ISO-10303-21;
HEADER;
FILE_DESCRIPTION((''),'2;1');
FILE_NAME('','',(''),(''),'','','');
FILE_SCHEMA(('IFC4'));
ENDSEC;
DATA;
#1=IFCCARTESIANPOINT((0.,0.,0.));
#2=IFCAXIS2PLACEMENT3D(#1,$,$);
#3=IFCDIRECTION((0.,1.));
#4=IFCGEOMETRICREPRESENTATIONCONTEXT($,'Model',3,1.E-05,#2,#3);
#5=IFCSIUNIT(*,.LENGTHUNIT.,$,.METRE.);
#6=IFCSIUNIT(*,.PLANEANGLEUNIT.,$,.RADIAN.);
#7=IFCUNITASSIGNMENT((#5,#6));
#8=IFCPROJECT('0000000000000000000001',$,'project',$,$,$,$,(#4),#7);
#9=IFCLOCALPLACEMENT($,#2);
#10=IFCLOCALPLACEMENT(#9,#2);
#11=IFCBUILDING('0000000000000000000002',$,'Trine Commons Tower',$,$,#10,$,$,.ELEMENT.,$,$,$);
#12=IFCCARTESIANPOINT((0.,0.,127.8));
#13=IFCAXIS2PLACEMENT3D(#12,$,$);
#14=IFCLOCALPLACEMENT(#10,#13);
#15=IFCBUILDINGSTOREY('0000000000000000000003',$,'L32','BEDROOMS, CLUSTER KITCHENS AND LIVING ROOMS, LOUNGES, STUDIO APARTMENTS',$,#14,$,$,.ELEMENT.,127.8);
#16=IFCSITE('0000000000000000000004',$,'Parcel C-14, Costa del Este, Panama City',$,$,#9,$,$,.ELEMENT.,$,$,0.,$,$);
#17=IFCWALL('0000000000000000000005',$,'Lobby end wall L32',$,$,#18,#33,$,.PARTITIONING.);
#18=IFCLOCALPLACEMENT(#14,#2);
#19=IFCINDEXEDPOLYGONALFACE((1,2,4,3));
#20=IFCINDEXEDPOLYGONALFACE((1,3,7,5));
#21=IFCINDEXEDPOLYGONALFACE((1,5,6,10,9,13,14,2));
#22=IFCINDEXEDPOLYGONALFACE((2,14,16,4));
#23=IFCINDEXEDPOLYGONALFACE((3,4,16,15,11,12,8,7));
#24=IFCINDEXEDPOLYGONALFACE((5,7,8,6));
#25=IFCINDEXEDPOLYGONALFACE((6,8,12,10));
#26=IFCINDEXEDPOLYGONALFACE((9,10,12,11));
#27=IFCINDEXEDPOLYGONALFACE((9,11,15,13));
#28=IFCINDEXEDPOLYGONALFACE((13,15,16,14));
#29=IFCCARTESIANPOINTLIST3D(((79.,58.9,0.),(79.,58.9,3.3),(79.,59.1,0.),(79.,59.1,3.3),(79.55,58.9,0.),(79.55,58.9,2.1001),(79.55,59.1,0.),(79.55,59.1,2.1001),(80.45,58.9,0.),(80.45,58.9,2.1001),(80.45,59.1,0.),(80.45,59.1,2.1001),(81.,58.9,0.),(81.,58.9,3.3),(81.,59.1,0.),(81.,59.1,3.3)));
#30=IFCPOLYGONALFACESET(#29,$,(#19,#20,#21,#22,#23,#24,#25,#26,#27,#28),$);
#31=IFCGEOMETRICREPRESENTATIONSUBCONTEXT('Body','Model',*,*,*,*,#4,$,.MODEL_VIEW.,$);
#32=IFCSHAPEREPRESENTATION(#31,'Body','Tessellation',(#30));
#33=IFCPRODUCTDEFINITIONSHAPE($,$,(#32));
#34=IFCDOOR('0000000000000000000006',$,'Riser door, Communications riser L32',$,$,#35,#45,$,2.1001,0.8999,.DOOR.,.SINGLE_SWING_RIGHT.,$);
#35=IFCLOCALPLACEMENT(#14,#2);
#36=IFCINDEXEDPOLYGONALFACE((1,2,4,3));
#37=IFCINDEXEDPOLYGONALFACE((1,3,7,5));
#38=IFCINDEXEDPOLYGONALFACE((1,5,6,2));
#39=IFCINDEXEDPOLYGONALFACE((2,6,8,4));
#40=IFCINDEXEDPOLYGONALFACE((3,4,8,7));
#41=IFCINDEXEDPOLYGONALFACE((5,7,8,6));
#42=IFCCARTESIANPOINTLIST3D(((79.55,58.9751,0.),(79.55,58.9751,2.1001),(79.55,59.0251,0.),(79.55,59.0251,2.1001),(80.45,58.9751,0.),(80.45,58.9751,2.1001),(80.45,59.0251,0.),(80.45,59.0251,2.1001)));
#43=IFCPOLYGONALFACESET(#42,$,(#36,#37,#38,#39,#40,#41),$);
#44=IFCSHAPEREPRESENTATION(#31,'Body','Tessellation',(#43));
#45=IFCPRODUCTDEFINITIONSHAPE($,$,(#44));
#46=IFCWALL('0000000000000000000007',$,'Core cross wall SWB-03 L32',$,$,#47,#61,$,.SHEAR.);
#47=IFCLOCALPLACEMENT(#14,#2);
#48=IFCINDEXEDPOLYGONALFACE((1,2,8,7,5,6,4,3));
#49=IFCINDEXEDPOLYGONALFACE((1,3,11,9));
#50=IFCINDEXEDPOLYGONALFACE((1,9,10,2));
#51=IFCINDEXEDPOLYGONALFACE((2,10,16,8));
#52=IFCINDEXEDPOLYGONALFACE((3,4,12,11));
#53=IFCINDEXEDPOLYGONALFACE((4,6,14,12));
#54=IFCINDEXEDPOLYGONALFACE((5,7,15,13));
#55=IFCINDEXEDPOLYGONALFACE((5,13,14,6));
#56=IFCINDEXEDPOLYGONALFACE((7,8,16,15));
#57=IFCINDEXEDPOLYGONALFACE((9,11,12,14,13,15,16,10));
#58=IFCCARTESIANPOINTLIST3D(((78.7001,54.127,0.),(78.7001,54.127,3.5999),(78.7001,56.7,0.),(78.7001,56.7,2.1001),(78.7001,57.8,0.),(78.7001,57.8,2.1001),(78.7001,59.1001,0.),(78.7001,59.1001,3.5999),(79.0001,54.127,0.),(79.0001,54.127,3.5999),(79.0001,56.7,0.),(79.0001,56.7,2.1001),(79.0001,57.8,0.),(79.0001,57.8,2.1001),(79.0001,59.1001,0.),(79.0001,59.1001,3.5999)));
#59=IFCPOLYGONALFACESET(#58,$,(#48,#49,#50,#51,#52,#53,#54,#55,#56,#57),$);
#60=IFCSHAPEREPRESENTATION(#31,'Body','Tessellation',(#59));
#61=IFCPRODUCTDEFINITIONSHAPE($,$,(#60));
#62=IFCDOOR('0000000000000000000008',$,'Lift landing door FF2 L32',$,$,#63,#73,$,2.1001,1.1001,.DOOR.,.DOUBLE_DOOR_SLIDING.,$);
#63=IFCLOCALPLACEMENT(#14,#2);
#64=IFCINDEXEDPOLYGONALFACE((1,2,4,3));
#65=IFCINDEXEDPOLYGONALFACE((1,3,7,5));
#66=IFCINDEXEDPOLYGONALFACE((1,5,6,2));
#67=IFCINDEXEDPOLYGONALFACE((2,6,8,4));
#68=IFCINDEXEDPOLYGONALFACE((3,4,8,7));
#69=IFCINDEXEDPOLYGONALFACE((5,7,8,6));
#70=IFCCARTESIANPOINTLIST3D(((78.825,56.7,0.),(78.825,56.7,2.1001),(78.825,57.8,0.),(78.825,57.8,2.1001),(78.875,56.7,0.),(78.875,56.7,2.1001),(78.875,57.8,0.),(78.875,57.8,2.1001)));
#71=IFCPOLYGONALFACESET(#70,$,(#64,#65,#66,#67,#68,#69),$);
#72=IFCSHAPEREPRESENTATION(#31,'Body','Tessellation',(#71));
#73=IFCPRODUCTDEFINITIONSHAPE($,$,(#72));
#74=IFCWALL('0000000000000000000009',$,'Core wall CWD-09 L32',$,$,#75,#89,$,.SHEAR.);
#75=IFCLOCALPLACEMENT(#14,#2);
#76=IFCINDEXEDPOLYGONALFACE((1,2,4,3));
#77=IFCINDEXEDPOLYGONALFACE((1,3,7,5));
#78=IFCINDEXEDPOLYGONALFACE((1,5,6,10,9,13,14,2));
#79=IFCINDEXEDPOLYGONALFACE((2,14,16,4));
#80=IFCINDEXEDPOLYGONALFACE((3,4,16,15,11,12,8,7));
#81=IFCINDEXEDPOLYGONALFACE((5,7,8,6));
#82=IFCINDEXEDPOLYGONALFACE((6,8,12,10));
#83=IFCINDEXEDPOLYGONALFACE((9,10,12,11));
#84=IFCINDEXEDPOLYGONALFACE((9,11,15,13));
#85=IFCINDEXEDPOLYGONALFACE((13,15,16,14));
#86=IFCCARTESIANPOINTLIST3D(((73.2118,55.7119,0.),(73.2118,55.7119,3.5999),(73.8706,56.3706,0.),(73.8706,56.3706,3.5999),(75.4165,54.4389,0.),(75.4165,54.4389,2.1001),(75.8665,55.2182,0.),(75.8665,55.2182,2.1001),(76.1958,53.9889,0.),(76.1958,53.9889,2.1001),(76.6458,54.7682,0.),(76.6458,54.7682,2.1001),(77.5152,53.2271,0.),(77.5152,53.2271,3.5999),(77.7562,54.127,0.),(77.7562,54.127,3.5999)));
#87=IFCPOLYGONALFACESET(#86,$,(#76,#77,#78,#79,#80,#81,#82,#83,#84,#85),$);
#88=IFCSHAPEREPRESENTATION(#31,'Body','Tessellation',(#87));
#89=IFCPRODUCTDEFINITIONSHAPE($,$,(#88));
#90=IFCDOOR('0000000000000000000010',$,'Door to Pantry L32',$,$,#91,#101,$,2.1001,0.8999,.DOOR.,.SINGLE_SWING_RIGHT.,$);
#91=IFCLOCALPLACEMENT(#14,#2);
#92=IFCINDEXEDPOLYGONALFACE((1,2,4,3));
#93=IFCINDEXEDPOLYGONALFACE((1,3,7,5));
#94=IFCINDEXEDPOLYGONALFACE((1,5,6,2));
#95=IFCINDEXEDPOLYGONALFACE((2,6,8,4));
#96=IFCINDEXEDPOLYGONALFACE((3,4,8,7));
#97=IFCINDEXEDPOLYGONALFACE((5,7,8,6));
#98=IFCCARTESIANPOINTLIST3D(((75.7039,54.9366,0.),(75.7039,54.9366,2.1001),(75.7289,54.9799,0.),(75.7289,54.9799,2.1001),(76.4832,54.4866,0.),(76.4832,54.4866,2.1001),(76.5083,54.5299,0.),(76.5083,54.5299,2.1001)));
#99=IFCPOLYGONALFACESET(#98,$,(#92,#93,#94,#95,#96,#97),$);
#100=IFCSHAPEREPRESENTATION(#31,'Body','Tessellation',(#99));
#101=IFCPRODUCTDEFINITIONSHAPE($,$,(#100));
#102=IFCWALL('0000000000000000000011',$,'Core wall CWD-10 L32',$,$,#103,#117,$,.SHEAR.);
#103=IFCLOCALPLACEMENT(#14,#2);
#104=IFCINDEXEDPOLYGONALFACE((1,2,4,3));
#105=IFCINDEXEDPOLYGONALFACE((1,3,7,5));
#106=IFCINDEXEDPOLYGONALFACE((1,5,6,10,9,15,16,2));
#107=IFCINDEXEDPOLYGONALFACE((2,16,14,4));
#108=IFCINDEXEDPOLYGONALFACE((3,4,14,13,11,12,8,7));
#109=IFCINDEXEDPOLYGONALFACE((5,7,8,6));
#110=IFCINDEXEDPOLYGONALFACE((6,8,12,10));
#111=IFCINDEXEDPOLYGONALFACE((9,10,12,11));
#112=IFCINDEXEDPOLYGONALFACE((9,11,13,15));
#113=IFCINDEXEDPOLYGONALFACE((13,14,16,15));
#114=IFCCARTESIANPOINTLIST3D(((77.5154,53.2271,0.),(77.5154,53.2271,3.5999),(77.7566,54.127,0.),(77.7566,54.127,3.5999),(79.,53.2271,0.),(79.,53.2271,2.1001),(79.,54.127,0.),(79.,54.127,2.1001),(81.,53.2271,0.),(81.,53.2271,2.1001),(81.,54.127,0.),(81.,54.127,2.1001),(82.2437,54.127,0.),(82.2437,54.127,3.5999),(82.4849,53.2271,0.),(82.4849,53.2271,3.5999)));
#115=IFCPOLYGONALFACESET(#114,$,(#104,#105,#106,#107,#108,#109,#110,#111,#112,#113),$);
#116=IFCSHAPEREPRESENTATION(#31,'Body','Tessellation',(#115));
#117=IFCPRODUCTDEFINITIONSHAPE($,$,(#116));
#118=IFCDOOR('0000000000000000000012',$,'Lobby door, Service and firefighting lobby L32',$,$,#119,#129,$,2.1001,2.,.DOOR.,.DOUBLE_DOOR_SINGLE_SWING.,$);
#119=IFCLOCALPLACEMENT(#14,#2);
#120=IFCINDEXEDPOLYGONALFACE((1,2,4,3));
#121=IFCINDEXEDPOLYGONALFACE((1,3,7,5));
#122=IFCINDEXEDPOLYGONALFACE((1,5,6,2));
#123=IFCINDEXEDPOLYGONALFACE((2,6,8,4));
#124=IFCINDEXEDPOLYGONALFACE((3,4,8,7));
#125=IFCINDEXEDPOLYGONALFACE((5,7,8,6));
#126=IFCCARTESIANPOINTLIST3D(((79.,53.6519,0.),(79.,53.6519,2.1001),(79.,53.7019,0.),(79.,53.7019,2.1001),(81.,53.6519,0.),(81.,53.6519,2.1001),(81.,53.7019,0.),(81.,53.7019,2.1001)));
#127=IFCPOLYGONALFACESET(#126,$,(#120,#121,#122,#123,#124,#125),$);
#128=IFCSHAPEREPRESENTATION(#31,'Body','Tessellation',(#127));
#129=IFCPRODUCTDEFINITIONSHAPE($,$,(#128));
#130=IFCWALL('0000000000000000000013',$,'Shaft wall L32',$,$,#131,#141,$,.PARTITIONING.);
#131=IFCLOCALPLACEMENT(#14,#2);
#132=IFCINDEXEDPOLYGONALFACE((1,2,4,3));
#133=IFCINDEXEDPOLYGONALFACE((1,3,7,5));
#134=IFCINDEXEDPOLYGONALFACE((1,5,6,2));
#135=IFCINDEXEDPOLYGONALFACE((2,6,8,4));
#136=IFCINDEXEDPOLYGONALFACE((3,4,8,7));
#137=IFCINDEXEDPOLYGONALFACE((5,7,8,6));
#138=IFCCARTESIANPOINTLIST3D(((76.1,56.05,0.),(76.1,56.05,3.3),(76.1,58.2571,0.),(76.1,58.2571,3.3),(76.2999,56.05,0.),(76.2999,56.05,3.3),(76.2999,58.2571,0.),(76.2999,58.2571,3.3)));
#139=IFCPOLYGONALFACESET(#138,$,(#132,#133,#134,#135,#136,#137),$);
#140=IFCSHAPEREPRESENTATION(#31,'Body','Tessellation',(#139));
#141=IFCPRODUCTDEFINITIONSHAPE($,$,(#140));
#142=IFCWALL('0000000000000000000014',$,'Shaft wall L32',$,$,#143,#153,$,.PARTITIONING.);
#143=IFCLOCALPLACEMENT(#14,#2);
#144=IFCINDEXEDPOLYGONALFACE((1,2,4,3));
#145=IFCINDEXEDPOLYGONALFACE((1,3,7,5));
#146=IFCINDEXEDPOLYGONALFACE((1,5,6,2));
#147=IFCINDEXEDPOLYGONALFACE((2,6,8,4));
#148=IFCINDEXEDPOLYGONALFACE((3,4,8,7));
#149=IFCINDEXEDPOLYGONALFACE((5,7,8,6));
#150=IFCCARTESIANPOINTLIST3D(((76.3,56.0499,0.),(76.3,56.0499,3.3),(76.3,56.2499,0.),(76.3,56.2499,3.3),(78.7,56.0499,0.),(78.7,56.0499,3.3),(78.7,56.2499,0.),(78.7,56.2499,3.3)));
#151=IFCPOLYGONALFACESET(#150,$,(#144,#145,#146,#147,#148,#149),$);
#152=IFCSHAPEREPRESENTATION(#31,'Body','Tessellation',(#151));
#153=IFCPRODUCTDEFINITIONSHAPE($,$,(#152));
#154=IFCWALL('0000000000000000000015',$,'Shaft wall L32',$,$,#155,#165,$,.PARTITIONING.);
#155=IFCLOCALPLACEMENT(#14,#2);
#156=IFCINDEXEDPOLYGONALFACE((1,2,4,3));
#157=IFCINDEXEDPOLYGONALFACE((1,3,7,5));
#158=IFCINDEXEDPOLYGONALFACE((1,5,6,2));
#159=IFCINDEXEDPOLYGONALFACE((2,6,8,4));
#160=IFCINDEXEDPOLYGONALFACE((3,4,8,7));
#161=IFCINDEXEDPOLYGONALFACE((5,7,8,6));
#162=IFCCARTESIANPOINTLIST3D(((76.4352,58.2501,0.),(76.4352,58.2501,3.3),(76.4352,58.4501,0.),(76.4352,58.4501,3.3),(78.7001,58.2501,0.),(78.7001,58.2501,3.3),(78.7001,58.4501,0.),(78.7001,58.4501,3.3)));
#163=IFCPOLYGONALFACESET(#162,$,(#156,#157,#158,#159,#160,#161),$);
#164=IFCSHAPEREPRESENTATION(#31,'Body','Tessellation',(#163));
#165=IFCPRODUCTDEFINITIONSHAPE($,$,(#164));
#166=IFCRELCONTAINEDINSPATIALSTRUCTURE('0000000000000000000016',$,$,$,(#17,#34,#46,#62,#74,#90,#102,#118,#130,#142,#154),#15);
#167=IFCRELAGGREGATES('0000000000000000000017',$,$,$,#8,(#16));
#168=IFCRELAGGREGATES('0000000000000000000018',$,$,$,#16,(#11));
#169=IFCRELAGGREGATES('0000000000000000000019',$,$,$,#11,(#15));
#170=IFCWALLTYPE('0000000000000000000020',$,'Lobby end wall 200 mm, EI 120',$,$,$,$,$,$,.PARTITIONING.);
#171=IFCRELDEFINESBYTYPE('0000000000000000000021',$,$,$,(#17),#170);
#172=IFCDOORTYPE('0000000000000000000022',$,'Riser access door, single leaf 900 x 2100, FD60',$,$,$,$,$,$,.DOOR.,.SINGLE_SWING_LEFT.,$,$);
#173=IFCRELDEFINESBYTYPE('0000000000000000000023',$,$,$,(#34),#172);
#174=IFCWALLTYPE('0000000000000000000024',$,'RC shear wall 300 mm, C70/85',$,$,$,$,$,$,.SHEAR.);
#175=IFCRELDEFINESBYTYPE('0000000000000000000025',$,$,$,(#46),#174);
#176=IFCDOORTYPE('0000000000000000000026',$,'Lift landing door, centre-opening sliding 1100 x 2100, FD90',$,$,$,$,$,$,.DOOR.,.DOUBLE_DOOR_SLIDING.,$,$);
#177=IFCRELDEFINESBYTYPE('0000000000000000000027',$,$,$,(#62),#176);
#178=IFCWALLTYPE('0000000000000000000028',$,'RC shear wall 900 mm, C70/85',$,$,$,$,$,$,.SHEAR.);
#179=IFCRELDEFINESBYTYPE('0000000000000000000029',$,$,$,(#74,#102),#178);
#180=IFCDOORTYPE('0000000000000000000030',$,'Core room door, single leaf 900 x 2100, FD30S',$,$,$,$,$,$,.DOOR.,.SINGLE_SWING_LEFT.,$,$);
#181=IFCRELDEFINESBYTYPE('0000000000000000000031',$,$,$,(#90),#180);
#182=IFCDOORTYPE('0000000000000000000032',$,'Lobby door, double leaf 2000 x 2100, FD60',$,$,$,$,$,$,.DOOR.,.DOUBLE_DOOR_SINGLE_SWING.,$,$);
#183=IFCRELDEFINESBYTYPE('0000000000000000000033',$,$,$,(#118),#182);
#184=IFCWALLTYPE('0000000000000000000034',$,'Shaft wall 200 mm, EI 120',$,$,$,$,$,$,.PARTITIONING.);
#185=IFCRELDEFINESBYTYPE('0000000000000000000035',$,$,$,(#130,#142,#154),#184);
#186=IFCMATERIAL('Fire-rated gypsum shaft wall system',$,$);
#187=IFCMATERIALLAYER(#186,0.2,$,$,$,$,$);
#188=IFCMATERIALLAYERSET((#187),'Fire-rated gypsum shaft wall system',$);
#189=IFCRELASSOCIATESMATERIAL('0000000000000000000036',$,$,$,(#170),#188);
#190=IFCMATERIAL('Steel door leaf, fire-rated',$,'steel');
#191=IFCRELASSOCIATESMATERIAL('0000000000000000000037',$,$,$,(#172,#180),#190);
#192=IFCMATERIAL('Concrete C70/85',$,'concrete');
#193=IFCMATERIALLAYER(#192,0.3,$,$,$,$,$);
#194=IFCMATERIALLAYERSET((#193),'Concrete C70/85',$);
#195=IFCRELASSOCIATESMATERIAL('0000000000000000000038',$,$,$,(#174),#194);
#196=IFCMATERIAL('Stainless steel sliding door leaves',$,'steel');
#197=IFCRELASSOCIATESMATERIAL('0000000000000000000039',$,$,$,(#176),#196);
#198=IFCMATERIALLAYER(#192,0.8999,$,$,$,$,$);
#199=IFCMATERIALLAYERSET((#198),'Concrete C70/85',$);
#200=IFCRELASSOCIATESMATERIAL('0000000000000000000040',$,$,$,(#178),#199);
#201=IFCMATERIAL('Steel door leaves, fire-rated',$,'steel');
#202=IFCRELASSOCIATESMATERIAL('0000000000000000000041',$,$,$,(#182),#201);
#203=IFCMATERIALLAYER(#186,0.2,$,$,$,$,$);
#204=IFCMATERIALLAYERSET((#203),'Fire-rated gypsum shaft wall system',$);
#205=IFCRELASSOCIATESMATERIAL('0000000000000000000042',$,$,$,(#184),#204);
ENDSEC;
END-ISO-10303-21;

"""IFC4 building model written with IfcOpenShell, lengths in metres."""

from ifc_helpers import new_model, si_unit, direction, frame, frame_2d, origin, place, context, subcontext, project, spatial, polyline, rectangle, outline, extrude, material, layer, layer_set, type_object, element, fill, save


model = new_model("IFC4")

# Units and contexts
model_context = context("Model", 3, precision=1e-05, world=origin(), true_north=direction((0.0, 1.0)))
body_context = subcontext(model_context, "Body", "Model", "MODEL_VIEW")
ifc_project = project(units=[si_unit("LENGTHUNIT", "METRE"), si_unit("PLANEANGLEUNIT", "RADIAN")], contexts=[model_context])

# Site, building, storey
site_placement = place(None, origin())
site = spatial("IfcSite", under=ifc_project, at=site_placement, Name="Parcel C-14, Costa del Este, Panama City", CompositionType="ELEMENT", RefElevation=0.0)
building_placement = place(site_placement, origin())
building = spatial("IfcBuilding", under=site, at=building_placement, Name="Trine Commons Tower", CompositionType="ELEMENT")
storey_placement = place(building_placement, frame((0.0, 0.0, 127.8)))
storey = spatial("IfcBuildingStorey", under=building, at=storey_placement, Name="L32", Description="BEDROOMS, CLUSTER KITCHENS AND LIVING ROOMS, LOUNGES, STUDIO APARTMENTS", CompositionType="ELEMENT", Elevation=127.8)

# Walls, openings, doors
ifc_material_1 = material(Name="Fire-rated gypsum shaft wall system")
ifc_layer_1 = layer(ifc_material_1, 0.2)
ifc_layer_set_1 = layer_set([ifc_layer_1], Name="Fire-rated gypsum shaft wall system")
wall_type_1 = type_object("IfcWallType", Name="Lobby end wall 200 mm, EI 120", PredefinedType="PARTITIONING", material=ifc_layer_set_1)
wall_1_placement = place(storey_placement, frame((79.0, 59.0, 0.0), z_axis=(0.0, 0.0, 1.0), x_axis=(1.0, 0.0, 0.0)))
wall_1 = element("IfcWall", 1, at=wall_1_placement, inside=storey, type_object=wall_type_1, Name="Lobby end wall L32", PredefinedType="PARTITIONING", context=body_context, shape_type="SweptSolid", body=[
    extrude(rectangle(XDim=2.0, YDim=0.2, at=frame_2d((1.0, 0.0))), origin(), (0.0, 0.0, 1.0), 3.3),
])
opening_1_placement = place(wall_1_placement, frame((0.55, 0.0, 0.0)))
opening_1 = element("IfcOpeningElement", 2, at=opening_1_placement, cuts=wall_1, PredefinedType="OPENING", context=body_context, shape_type="SweptSolid", body=[
    extrude(rectangle(XDim=0.8999, YDim=2.1001, at=frame_2d((0.45, 1.05))), frame((0.0, 0.1099, 0.0), z_axis=(0.0, -1.0, 0.0), x_axis=(1.0, 0.0, 0.0)), (0.0, 0.0, 1.0), 0.22),
])
ifc_material_2 = material(Name="Steel door leaf, fire-rated", Category="steel")
door_type_1 = type_object("IfcDoorType", Name="Riser access door, single leaf 900 x 2100, FD60", OperationType="SINGLE_SWING_LEFT", PredefinedType="DOOR", material=ifc_material_2)
door_1_placement = place(opening_1_placement, frame((0.8999, 0.0, 0.0), z_axis=(0.0, 0.0, 1.0), x_axis=(-1.0, 0.0, 0.0)))
door_1 = element("IfcDoor", 3, at=door_1_placement, inside=storey, type_object=door_type_1, Name="Riser door, Communications riser L32", OperationType="SINGLE_SWING_RIGHT", OverallHeight=2.1001, OverallWidth=0.8999, PredefinedType="DOOR", context=body_context, shape_type="SweptSolid", body=[
    extrude(rectangle(XDim=0.8999, YDim=2.1001, at=frame_2d((0.45, 1.05))), frame((0.0, 0.0249, 0.0), z_axis=(0.0, -1.0, 0.0), x_axis=(1.0, 0.0, 0.0)), (0.0, 0.0, 1.0), 0.05),
])
fill(opening_1, door_1)
ifc_material_3 = material(Name="Concrete C70/85", Category="concrete")
ifc_layer_2 = layer(ifc_material_3, 0.3)
ifc_layer_set_2 = layer_set([ifc_layer_2], Name="Concrete C70/85")
wall_type_2 = type_object("IfcWallType", Name="RC shear wall 300 mm, C70/85", PredefinedType="SHEAR", material=ifc_layer_set_2)
wall_2_placement = place(storey_placement, frame((78.8501, 59.1001, 0.0), z_axis=(0.0, 0.0, 1.0), x_axis=(0.0, -1.0, 0.0)))
wall_2 = element("IfcWall", 4, at=wall_2_placement, inside=storey, type_object=wall_type_2, Name="Core cross wall SWB-03 L32", PredefinedType="SHEAR", context=body_context, shape_type="SweptSolid", body=[
    extrude(rectangle(XDim=4.9731, YDim=0.3, at=frame_2d((2.4866, 0.0))), origin(), (0.0, 0.0, 1.0), 3.5999),
])
opening_2_placement = place(wall_2_placement, frame((1.3, 0.0, 0.0)))
opening_2 = element("IfcOpeningElement", 5, at=opening_2_placement, cuts=wall_2, PredefinedType="OPENING", context=body_context, shape_type="SweptSolid", body=[
    extrude(rectangle(XDim=1.1001, YDim=2.1001, at=frame_2d((0.55, 1.05))), frame((0.0, 0.1599, 0.0), z_axis=(0.0, -1.0, 0.0), x_axis=(1.0, 0.0, 0.0)), (0.0, 0.0, 1.0), 0.3201),
])
ifc_material_4 = material(Name="Stainless steel sliding door leaves", Category="steel")
door_type_2 = type_object("IfcDoorType", Name="Lift landing door, centre-opening sliding 1100 x 2100, FD90", OperationType="DOUBLE_DOOR_SLIDING", PredefinedType="DOOR", material=ifc_material_4)
door_2_placement = place(opening_2_placement, origin())
door_2 = element("IfcDoor", 6, at=door_2_placement, inside=storey, type_object=door_type_2, Name="Lift landing door FF2 L32", OperationType="DOUBLE_DOOR_SLIDING", OverallHeight=2.1001, OverallWidth=1.1001, PredefinedType="DOOR", context=body_context, shape_type="SweptSolid", body=[
    extrude(rectangle(XDim=1.1001, YDim=2.1001, at=frame_2d((0.55, 1.05))), frame((0.0, 0.0249, 0.0), z_axis=(0.0, -1.0, 0.0), x_axis=(1.0, 0.0, 0.0)), (0.0, 0.0, 1.0), 0.05),
])
fill(opening_2, door_2)
ifc_layer_3 = layer(ifc_material_3, 0.8999)
ifc_layer_set_3 = layer_set([ifc_layer_3], Name="Concrete C70/85")
wall_type_3 = type_object("IfcWallType", Name="RC shear wall 900 mm, C70/85", PredefinedType="SHEAR", material=ifc_layer_set_3)
wall_3_placement = place(storey_placement, frame((73.4368, 56.1016, 0.0), z_axis=(0.0, 0.0, 1.0), x_axis=(0.866003, -0.500039, 0.0)))
wall_3 = element("IfcWall", 7, at=wall_3_placement, inside=storey, type_object=wall_type_3, Name="Core wall CWD-09 L32", PredefinedType="SHEAR", context=body_context, shape_type="SweptSolid", body=[
    extrude(outline(polyline([(0.0, -0.45), (4.9692, -0.45), (4.728, 0.45), (0.2412, 0.45), (0.0, -0.45)])), origin(), (0.0, 0.0, 1.0), 3.5999),
])
opening_3_placement = place(wall_3_placement, frame((2.5459, 0.0, 0.0)))
opening_3 = element("IfcOpeningElement", 8, at=opening_3_placement, cuts=wall_3, PredefinedType="OPENING", context=body_context, shape_type="SweptSolid", body=[
    extrude(rectangle(XDim=0.8999, YDim=2.1001, at=frame_2d((0.45, 1.05))), frame((0.0, 0.46, 0.0), z_axis=(0.0, -1.0, 0.0), x_axis=(1.0, 0.0, 0.0)), (0.0, 0.0, 1.0), 0.9199),
])
door_type_3 = type_object("IfcDoorType", Name="Core room door, single leaf 900 x 2100, FD30S", OperationType="SINGLE_SWING_LEFT", PredefinedType="DOOR", material=ifc_material_2)
door_3_placement = place(opening_3_placement, origin())
door_3 = element("IfcDoor", 9, at=door_3_placement, inside=storey, type_object=door_type_3, Name="Door to Pantry L32", OperationType="SINGLE_SWING_RIGHT", OverallHeight=2.1001, OverallWidth=0.8999, PredefinedType="DOOR", context=body_context, shape_type="SweptSolid", body=[
    extrude(rectangle(XDim=0.8999, YDim=2.1001, at=frame_2d((0.45, 1.05))), frame((0.0, 0.1748, 0.0), z_axis=(0.0, -1.0, 0.0), x_axis=(1.0, 0.0, 0.0)), (0.0, 0.0, 1.0), 0.05),
])
fill(opening_3, door_3)
wall_4_placement = place(storey_placement, frame((77.5154, 53.677, 0.0), z_axis=(0.0, 0.0, 1.0), x_axis=(1.0, 0.0, 0.0)))
wall_4 = element("IfcWall", 10, at=wall_4_placement, inside=storey, type_object=wall_type_3, Name="Core wall CWD-10 L32", PredefinedType="SHEAR", context=body_context, shape_type="SweptSolid", body=[
    extrude(outline(polyline([(0.0, -0.45), (4.9695, -0.45), (4.7283, 0.45), (0.2412, 0.45), (0.0, -0.45)])), origin(), (0.0, 0.0, 1.0), 3.5999),
])
opening_4_placement = place(wall_4_placement, frame((1.4846, 0.0, 0.0)))
opening_4 = element("IfcOpeningElement", 11, at=opening_4_placement, cuts=wall_4, PredefinedType="OPENING", context=body_context, shape_type="SweptSolid", body=[
    extrude(rectangle(XDim=2.0, YDim=2.1001, at=frame_2d((1.0, 1.05))), frame((0.0, 0.46, 0.0), z_axis=(0.0, -1.0, 0.0), x_axis=(1.0, 0.0, 0.0)), (0.0, 0.0, 1.0), 0.9199),
])
ifc_material_5 = material(Name="Steel door leaves, fire-rated", Category="steel")
door_type_4 = type_object("IfcDoorType", Name="Lobby door, double leaf 2000 x 2100, FD60", OperationType="DOUBLE_DOOR_SINGLE_SWING", PredefinedType="DOOR", material=ifc_material_5)
door_4_placement = place(opening_4_placement, origin())
door_4 = element("IfcDoor", 12, at=door_4_placement, inside=storey, type_object=door_type_4, Name="Lobby door, Service and firefighting lobby L32", OperationType="DOUBLE_DOOR_SINGLE_SWING", OverallHeight=2.1001, OverallWidth=2.0, PredefinedType="DOOR", context=body_context, shape_type="SweptSolid", body=[
    extrude(rectangle(XDim=2.0, YDim=2.1001, at=frame_2d((1.0, 1.05))), frame((0.0, 0.0249, 0.0), z_axis=(0.0, -1.0, 0.0), x_axis=(1.0, 0.0, 0.0)), (0.0, 0.0, 1.0), 0.05),
])
fill(opening_4, door_4)

# Walls
ifc_layer_4 = layer(ifc_material_1, 0.2)
ifc_layer_set_4 = layer_set([ifc_layer_4], Name="Fire-rated gypsum shaft wall system")
wall_type_4 = type_object("IfcWallType", Name="Shaft wall 200 mm, EI 120", PredefinedType="PARTITIONING", material=ifc_layer_set_4)
wall_5_placement = place(storey_placement, frame((76.2, 58.2571, 0.0), z_axis=(0.0, 0.0, 1.0), x_axis=(0.0, -1.0, 0.0)))
element("IfcWall", 13, at=wall_5_placement, inside=storey, type_object=wall_type_4, Name="Shaft wall L32", PredefinedType="PARTITIONING", context=body_context, shape_type="SweptSolid", body=[
    extrude(rectangle(XDim=2.207, YDim=0.2, at=frame_2d((1.1035, 0.0))), origin(), (0.0, 0.0, 1.0), 3.3),
])
wall_6_placement = place(storey_placement, frame((78.7, 56.1499, 0.0), z_axis=(0.0, 0.0, 1.0), x_axis=(-1.0, 0.0, 0.0)))
element("IfcWall", 14, at=wall_6_placement, inside=storey, type_object=wall_type_4, Name="Shaft wall L32", PredefinedType="PARTITIONING", context=body_context, shape_type="SweptSolid", body=[
    extrude(rectangle(XDim=2.3999, YDim=0.2, at=frame_2d((1.2, 0.0))), origin(), (0.0, 0.0, 1.0), 3.3),
])
wall_7_placement = place(storey_placement, frame((78.7, 58.3501, 0.0), z_axis=(0.0, 0.0, 1.0), x_axis=(-1.0, 0.0, 0.0)))
element("IfcWall", 15, at=wall_7_placement, inside=storey, type_object=wall_type_4, Name="Shaft wall L32", PredefinedType="PARTITIONING", context=body_context, shape_type="SweptSolid", body=[
    extrude(rectangle(XDim=2.2649, YDim=0.2, at=frame_2d((1.1323, 0.0))), origin(), (0.0, 0.0, 1.0), 3.3),
])

save(model, "model.ifc")
